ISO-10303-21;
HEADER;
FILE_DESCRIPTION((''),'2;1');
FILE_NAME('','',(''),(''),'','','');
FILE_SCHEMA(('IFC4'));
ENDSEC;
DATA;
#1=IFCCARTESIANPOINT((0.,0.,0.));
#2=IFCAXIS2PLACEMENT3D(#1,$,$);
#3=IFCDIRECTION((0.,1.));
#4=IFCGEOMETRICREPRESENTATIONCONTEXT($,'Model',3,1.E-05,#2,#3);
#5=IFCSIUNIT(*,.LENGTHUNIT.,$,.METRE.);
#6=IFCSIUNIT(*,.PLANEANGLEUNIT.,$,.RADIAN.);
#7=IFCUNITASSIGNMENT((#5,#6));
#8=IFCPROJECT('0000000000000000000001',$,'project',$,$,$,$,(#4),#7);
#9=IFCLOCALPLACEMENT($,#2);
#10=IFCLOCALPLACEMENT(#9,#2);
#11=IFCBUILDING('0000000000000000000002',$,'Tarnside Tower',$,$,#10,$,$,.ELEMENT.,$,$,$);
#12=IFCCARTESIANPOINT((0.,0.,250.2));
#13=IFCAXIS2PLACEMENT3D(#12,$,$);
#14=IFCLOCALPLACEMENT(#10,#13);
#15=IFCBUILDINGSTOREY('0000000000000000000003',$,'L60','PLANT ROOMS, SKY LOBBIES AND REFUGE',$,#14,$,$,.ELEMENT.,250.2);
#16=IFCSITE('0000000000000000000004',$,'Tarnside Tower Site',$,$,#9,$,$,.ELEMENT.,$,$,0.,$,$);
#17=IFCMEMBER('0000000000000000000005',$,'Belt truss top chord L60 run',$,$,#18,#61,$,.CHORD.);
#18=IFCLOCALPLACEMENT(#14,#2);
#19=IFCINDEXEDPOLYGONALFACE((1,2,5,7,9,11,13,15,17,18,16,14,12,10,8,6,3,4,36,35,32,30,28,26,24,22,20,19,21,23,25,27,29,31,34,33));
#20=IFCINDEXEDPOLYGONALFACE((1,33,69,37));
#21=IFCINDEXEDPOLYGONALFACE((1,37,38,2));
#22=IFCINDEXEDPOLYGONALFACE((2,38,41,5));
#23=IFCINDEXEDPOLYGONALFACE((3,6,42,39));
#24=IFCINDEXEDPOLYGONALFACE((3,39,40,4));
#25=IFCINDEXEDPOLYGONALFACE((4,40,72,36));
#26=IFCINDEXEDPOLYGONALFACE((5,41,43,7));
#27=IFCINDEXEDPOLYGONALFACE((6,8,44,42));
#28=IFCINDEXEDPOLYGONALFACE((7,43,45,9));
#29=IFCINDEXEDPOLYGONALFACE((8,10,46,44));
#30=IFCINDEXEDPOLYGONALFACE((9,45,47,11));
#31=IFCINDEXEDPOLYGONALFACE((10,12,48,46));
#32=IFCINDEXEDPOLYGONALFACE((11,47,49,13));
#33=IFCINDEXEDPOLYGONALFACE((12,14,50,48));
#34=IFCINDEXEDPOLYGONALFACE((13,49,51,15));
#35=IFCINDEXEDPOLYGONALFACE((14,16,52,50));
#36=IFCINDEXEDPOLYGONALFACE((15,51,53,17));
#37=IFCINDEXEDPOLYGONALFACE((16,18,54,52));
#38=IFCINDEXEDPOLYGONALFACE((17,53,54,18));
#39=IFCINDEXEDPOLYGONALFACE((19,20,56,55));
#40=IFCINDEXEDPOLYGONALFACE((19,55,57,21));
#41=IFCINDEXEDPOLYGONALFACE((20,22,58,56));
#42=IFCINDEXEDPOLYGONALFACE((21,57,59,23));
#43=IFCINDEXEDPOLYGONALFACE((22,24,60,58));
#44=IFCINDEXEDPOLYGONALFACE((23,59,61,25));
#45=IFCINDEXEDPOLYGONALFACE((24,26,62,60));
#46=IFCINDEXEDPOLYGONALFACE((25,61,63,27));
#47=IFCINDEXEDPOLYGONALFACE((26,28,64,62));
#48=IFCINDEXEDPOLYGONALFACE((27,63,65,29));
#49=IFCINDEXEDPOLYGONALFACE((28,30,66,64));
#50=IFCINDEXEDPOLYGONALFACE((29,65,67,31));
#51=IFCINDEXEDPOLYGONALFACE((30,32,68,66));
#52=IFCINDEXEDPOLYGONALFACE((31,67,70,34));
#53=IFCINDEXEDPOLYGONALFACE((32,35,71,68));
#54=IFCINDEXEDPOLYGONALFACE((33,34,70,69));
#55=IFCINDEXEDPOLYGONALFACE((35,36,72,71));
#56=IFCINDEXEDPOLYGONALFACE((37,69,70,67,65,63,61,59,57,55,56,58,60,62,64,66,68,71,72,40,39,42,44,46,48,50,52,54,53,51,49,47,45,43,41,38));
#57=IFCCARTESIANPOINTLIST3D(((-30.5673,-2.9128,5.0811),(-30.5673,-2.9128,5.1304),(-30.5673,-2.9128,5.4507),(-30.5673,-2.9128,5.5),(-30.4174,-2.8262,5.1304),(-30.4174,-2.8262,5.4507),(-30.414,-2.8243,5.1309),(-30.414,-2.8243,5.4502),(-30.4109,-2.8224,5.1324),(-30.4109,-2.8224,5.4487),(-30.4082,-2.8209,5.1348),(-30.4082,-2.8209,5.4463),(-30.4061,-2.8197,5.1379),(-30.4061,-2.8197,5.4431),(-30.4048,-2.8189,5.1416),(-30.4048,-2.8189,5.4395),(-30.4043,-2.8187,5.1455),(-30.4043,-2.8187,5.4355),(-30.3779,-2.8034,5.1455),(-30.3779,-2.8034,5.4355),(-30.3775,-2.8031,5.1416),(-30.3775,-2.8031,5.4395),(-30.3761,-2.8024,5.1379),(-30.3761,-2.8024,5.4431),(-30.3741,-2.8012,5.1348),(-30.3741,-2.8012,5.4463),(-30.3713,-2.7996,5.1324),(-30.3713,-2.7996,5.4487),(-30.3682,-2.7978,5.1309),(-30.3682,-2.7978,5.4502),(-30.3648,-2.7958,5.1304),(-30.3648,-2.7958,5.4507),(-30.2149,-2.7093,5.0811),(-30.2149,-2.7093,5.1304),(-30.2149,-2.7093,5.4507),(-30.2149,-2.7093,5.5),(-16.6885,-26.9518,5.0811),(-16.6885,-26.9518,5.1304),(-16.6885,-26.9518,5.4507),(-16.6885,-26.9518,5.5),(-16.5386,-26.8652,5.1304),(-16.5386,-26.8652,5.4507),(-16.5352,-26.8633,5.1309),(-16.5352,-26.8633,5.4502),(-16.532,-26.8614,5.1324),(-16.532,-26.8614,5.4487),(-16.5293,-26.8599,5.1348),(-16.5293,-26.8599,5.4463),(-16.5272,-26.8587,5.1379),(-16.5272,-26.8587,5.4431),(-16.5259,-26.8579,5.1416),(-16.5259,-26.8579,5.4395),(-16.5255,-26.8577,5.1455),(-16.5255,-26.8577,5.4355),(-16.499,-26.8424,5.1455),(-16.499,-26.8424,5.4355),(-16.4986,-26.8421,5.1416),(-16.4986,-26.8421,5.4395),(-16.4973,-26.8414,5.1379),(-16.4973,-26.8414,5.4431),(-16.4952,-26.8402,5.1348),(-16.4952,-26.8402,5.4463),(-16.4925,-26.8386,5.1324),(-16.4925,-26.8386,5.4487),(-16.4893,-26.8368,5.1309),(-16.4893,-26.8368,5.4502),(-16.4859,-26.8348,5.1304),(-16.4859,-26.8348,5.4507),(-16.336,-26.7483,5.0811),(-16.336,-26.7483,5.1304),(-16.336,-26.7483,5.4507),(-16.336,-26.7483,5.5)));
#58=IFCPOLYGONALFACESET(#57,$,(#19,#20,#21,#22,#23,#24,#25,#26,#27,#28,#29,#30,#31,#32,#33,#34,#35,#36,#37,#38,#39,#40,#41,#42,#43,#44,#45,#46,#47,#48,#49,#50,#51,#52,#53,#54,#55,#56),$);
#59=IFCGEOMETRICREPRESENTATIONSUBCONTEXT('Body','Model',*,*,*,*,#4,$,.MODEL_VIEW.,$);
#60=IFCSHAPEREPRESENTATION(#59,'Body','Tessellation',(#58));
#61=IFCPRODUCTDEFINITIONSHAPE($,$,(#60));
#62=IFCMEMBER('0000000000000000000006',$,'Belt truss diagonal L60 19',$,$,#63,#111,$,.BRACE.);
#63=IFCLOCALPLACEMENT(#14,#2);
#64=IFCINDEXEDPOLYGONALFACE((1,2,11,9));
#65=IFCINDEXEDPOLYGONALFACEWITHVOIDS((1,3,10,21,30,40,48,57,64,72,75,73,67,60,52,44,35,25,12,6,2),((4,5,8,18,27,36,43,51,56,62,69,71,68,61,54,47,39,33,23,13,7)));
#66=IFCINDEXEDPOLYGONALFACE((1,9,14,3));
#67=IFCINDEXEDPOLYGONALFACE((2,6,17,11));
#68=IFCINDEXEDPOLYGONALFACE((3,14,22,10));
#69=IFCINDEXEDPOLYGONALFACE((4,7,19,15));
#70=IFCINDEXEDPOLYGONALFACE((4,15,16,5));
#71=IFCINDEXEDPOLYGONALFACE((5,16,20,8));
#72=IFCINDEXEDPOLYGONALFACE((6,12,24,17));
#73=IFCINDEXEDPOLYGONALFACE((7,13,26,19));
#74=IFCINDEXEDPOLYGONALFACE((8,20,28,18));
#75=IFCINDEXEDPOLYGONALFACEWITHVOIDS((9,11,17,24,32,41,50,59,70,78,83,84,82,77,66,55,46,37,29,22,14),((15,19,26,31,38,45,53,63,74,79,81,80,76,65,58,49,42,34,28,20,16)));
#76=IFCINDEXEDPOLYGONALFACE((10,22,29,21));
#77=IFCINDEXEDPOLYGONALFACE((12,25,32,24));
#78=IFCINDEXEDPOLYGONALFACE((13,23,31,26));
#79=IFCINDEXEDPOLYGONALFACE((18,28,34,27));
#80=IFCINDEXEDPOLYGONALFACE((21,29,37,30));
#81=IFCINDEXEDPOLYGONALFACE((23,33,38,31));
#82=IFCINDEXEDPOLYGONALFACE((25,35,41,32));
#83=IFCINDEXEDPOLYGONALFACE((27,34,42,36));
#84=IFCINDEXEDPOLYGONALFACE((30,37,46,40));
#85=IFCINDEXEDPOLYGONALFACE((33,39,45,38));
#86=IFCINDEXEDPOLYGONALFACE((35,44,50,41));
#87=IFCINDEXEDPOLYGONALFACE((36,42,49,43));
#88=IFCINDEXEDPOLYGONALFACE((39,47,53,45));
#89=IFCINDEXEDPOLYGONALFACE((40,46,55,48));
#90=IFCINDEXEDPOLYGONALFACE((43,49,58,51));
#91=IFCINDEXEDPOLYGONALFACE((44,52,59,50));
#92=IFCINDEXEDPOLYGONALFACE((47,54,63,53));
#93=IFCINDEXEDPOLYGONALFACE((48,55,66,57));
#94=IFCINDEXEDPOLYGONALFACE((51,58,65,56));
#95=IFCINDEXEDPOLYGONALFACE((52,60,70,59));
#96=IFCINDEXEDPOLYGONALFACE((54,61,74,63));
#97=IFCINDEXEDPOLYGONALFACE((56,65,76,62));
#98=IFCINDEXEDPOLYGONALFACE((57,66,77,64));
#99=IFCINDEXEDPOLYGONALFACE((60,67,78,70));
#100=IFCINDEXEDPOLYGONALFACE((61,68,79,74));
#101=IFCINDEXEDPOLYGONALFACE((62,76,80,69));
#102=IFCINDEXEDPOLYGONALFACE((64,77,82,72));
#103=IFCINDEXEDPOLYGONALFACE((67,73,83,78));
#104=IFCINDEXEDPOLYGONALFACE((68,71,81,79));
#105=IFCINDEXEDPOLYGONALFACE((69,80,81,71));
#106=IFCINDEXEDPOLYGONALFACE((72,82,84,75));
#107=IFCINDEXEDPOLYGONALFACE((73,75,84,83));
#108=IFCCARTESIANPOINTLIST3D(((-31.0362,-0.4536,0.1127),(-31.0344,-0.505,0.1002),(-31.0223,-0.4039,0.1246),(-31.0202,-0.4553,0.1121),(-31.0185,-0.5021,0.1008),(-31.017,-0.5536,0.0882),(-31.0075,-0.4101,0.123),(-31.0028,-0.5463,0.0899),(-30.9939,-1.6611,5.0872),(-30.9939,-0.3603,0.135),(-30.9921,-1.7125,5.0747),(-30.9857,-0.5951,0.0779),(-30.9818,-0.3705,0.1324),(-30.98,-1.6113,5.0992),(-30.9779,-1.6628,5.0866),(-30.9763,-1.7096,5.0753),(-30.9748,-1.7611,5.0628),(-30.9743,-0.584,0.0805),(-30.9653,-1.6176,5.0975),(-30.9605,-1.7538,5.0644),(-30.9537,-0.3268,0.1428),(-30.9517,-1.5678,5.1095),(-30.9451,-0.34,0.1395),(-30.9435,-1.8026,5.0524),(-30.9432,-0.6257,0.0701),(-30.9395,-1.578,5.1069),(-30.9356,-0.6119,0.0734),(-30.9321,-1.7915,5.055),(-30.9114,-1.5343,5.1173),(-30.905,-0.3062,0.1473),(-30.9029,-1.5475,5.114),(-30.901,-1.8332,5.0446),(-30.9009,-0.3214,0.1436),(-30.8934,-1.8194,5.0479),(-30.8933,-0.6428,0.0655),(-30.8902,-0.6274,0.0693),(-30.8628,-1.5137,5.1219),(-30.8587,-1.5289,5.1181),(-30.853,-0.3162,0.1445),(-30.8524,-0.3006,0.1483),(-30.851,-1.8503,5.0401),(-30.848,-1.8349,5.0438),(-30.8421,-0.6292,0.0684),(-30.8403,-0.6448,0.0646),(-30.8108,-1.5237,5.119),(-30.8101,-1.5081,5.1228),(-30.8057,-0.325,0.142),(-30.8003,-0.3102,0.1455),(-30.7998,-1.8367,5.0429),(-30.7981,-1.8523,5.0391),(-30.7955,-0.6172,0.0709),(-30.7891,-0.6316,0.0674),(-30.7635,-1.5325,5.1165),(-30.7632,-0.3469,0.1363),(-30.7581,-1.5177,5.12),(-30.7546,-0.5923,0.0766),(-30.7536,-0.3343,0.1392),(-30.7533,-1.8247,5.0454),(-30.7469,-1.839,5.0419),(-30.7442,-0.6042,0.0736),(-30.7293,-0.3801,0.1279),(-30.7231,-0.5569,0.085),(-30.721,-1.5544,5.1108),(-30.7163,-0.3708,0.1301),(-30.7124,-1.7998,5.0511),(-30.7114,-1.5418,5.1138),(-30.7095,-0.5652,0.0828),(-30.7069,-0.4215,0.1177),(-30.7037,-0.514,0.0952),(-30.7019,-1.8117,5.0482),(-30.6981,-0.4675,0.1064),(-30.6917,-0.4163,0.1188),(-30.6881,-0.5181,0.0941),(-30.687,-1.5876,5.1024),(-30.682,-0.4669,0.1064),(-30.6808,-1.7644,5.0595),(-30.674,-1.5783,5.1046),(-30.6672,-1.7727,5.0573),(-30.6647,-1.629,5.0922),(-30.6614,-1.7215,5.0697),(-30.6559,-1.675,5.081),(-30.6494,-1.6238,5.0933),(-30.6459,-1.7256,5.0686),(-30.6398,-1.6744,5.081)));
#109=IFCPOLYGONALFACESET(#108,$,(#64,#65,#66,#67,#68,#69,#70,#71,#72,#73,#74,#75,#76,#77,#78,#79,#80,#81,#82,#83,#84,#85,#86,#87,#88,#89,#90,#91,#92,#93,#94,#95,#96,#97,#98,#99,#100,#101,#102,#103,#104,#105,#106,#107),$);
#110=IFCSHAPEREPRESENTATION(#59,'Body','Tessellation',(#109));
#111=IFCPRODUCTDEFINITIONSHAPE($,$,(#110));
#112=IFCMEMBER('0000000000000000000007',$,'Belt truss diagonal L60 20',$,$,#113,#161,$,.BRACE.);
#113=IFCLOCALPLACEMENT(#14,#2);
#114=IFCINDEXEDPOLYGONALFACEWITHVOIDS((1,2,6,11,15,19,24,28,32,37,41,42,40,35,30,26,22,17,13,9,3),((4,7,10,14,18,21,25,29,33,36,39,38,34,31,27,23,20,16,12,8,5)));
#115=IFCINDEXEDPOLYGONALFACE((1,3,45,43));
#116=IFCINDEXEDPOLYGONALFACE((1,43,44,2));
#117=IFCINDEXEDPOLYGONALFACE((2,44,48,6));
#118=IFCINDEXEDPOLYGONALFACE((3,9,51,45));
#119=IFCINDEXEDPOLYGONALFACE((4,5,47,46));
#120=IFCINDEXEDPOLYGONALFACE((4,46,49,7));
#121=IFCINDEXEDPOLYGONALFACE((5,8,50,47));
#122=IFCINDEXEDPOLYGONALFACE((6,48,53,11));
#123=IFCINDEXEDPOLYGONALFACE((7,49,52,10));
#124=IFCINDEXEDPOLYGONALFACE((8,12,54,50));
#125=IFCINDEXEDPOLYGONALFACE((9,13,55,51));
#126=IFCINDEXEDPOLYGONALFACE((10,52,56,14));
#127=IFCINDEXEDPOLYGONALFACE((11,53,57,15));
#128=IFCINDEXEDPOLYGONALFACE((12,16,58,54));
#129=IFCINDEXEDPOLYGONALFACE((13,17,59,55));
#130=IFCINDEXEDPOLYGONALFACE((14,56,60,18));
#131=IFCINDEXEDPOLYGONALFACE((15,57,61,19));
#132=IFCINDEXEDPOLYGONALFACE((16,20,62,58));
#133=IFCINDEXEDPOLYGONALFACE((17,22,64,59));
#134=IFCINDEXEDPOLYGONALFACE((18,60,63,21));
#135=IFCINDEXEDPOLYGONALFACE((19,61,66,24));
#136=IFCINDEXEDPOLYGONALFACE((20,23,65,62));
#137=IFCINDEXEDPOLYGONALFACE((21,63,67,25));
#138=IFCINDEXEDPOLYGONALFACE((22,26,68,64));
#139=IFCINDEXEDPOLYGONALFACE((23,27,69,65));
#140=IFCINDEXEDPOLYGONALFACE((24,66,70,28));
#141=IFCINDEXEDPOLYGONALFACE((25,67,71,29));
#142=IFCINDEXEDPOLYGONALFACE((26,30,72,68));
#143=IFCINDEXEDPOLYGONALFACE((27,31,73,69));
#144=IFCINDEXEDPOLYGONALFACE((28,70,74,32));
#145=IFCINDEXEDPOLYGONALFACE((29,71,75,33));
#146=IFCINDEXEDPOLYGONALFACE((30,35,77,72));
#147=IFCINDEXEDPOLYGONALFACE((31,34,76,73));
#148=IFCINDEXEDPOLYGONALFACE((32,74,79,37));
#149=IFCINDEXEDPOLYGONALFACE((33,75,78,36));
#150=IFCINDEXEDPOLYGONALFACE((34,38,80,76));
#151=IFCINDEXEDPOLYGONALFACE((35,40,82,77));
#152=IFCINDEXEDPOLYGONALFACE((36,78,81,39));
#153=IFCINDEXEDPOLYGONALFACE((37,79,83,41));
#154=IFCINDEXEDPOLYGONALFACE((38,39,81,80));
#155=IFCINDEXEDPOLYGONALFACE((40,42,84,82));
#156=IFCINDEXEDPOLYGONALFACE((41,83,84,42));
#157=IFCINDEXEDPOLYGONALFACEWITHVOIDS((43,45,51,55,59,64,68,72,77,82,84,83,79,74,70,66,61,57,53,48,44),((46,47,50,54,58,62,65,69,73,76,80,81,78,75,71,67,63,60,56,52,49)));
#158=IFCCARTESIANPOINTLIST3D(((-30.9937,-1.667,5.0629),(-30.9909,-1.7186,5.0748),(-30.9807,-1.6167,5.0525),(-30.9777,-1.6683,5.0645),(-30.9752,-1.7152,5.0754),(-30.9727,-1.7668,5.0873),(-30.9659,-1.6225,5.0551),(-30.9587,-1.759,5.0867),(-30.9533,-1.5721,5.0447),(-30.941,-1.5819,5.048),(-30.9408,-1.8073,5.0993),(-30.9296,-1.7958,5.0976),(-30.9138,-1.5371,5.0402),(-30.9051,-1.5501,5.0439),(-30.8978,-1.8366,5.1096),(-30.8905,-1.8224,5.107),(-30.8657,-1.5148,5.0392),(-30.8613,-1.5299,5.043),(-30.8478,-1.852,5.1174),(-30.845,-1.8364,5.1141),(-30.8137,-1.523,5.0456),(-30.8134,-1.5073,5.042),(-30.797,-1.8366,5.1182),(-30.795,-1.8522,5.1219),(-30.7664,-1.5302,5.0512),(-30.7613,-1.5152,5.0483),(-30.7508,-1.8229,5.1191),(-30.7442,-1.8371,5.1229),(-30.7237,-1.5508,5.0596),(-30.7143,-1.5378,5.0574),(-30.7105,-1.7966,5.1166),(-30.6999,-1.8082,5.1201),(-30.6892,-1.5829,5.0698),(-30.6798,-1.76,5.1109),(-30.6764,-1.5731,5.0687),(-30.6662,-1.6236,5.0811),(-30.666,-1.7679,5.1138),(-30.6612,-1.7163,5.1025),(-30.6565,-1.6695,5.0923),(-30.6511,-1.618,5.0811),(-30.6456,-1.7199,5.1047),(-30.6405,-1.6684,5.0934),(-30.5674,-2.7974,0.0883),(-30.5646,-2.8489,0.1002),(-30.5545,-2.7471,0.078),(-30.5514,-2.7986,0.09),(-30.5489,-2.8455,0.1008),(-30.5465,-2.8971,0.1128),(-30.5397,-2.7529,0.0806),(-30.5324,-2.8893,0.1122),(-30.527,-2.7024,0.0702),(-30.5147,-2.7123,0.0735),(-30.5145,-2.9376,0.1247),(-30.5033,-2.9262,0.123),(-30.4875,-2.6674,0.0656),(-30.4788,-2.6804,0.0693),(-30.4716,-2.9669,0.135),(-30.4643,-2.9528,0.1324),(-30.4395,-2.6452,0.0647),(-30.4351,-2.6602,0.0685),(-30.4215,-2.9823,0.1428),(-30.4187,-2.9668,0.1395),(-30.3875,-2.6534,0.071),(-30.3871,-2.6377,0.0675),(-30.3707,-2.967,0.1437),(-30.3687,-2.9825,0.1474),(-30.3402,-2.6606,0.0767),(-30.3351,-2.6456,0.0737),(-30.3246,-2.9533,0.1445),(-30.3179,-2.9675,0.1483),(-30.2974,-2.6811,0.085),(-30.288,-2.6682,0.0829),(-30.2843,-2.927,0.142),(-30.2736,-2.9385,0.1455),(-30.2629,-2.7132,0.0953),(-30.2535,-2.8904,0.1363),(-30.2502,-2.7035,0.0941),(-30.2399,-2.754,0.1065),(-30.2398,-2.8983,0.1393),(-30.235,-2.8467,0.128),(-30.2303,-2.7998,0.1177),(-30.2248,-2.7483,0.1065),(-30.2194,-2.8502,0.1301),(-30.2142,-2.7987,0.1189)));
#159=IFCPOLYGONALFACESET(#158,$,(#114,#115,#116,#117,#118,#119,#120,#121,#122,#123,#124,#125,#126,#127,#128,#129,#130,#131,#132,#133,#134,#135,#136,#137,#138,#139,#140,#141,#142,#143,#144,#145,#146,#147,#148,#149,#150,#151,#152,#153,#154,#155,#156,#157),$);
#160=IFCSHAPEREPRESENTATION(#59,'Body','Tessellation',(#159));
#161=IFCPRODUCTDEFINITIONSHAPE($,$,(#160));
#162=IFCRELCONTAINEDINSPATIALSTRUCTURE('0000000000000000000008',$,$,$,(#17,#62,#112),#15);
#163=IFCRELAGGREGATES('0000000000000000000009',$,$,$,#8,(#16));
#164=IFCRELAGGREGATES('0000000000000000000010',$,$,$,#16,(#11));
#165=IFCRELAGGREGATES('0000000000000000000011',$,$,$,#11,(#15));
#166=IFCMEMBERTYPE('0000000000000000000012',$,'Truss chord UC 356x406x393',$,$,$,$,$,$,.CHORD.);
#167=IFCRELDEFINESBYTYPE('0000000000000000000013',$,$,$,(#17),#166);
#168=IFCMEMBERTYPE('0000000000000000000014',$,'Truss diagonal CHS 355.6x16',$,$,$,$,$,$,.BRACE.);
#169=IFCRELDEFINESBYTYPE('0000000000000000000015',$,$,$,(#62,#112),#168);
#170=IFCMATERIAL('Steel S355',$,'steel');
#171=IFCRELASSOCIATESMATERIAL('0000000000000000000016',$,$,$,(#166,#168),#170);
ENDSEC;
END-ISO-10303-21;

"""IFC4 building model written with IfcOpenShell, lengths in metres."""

from ifc_helpers import new_model, si_unit, direction, frame, origin, origin_2d, place, context, subcontext, project, spatial, hollow_circle, i_section, extrude, material, material_profile, profile_set, type_object, element, save


model = new_model("IFC4")

# Units and contexts
model_context = context("Model", 3, precision=1e-05, world=origin(), true_north=direction((0.0, 1.0)))
body_context = subcontext(model_context, "Body", "Model", "MODEL_VIEW")
ifc_project = project(units=[si_unit("LENGTHUNIT", "METRE"), si_unit("PLANEANGLEUNIT", "RADIAN")], contexts=[model_context])

# Site, building, storey
site_placement = place(None, origin())
site = spatial("IfcSite", under=ifc_project, at=site_placement, Name="Tarnside Tower Site", CompositionType="ELEMENT", RefElevation=0.0)
building_placement = place(site_placement, origin())
building = spatial("IfcBuilding", under=site, at=building_placement, Name="Tarnside Tower", CompositionType="ELEMENT")
storey_placement = place(building_placement, frame((0.0, 0.0, 250.2)))
storey = spatial("IfcBuildingStorey", under=building, at=storey_placement, Name="L60", Description="PLANT ROOMS, SKY LOBBIES AND REFUGE", CompositionType="ELEMENT", Elevation=250.2)

# Shared definitions
ifc_material_1 = material(Name="Steel S355", Category="steel")

# Members
ifc_material_profile_1 = material_profile(ifc_material_1, i_section(OverallWidth=0.407, OverallDepth=0.4189, WebThickness=0.0305, FlangeThickness=0.0493, FilletRadius=0.0151, at=origin_2d()), Name="UC 356x406x393")
ifc_profile_set_1 = profile_set([ifc_material_profile_1], Name="Steel S355")
member_type_1 = type_object("IfcMemberType", Name="Truss chord UC 356x406x393", PredefinedType="CHORD", material=ifc_profile_set_1)
member_1_placement = place(storey_placement, frame((-30.3911, -2.811, 5.2905), z_axis=(0.499999, -0.866026, 0.0), x_axis=(0.866026, 0.499999, 0.0)))
element("IfcMember", 1, at=member_1_placement, inside=storey, type_object=member_type_1, Name="Belt truss top chord L60 run", PredefinedType="CHORD", context=body_context, shape_type="SweptSolid", body=[
    extrude(i_section(OverallWidth=0.407, OverallDepth=0.4189, WebThickness=0.0305, FlangeThickness=0.0493, FilletRadius=0.0151, at=origin_2d()), origin(), (0.0, 0.0, 1.0), 27.7578),
])
ifc_material_profile_2 = material_profile(ifc_material_1, hollow_circle(Radius=0.1777, WallThickness=0.0161, at=origin_2d()), Name="CHS 355.6x16")
ifc_profile_set_2 = profile_set([ifc_material_profile_2], Name="Steel S355")
member_type_2 = type_object("IfcMemberType", Name="Truss diagonal CHS 355.6x16", PredefinedType="BRACE", material=ifc_profile_set_2)
for number, where, z_axis, x_axis, name in (
    (2, (-30.8596, -0.4731, 0.1064), (0.008251, -0.235879, 0.971747), (0.999389, 0.034956, 0.0), "Belt truss diagonal L60 19"),
    (3, (-30.8174, -1.6807, 5.0811), (0.083269, -0.22081, -0.971756), (0.93568, 0.35285, 0.0), "Belt truss diagonal L60 20"),
):
    element("IfcMember", number, at=place(storey_placement, frame(where, z_axis=z_axis, x_axis=x_axis)), inside=storey, type_object=member_type_2, Name=name, PredefinedType="BRACE", context=body_context, shape_type="SweptSolid", body=[
        extrude(hollow_circle(Radius=0.1777, WallThickness=0.0161, at=origin_2d()), origin(), (0.0, 0.0, 1.0), 5.1191),
    ])

save(model, "model.ifc")
